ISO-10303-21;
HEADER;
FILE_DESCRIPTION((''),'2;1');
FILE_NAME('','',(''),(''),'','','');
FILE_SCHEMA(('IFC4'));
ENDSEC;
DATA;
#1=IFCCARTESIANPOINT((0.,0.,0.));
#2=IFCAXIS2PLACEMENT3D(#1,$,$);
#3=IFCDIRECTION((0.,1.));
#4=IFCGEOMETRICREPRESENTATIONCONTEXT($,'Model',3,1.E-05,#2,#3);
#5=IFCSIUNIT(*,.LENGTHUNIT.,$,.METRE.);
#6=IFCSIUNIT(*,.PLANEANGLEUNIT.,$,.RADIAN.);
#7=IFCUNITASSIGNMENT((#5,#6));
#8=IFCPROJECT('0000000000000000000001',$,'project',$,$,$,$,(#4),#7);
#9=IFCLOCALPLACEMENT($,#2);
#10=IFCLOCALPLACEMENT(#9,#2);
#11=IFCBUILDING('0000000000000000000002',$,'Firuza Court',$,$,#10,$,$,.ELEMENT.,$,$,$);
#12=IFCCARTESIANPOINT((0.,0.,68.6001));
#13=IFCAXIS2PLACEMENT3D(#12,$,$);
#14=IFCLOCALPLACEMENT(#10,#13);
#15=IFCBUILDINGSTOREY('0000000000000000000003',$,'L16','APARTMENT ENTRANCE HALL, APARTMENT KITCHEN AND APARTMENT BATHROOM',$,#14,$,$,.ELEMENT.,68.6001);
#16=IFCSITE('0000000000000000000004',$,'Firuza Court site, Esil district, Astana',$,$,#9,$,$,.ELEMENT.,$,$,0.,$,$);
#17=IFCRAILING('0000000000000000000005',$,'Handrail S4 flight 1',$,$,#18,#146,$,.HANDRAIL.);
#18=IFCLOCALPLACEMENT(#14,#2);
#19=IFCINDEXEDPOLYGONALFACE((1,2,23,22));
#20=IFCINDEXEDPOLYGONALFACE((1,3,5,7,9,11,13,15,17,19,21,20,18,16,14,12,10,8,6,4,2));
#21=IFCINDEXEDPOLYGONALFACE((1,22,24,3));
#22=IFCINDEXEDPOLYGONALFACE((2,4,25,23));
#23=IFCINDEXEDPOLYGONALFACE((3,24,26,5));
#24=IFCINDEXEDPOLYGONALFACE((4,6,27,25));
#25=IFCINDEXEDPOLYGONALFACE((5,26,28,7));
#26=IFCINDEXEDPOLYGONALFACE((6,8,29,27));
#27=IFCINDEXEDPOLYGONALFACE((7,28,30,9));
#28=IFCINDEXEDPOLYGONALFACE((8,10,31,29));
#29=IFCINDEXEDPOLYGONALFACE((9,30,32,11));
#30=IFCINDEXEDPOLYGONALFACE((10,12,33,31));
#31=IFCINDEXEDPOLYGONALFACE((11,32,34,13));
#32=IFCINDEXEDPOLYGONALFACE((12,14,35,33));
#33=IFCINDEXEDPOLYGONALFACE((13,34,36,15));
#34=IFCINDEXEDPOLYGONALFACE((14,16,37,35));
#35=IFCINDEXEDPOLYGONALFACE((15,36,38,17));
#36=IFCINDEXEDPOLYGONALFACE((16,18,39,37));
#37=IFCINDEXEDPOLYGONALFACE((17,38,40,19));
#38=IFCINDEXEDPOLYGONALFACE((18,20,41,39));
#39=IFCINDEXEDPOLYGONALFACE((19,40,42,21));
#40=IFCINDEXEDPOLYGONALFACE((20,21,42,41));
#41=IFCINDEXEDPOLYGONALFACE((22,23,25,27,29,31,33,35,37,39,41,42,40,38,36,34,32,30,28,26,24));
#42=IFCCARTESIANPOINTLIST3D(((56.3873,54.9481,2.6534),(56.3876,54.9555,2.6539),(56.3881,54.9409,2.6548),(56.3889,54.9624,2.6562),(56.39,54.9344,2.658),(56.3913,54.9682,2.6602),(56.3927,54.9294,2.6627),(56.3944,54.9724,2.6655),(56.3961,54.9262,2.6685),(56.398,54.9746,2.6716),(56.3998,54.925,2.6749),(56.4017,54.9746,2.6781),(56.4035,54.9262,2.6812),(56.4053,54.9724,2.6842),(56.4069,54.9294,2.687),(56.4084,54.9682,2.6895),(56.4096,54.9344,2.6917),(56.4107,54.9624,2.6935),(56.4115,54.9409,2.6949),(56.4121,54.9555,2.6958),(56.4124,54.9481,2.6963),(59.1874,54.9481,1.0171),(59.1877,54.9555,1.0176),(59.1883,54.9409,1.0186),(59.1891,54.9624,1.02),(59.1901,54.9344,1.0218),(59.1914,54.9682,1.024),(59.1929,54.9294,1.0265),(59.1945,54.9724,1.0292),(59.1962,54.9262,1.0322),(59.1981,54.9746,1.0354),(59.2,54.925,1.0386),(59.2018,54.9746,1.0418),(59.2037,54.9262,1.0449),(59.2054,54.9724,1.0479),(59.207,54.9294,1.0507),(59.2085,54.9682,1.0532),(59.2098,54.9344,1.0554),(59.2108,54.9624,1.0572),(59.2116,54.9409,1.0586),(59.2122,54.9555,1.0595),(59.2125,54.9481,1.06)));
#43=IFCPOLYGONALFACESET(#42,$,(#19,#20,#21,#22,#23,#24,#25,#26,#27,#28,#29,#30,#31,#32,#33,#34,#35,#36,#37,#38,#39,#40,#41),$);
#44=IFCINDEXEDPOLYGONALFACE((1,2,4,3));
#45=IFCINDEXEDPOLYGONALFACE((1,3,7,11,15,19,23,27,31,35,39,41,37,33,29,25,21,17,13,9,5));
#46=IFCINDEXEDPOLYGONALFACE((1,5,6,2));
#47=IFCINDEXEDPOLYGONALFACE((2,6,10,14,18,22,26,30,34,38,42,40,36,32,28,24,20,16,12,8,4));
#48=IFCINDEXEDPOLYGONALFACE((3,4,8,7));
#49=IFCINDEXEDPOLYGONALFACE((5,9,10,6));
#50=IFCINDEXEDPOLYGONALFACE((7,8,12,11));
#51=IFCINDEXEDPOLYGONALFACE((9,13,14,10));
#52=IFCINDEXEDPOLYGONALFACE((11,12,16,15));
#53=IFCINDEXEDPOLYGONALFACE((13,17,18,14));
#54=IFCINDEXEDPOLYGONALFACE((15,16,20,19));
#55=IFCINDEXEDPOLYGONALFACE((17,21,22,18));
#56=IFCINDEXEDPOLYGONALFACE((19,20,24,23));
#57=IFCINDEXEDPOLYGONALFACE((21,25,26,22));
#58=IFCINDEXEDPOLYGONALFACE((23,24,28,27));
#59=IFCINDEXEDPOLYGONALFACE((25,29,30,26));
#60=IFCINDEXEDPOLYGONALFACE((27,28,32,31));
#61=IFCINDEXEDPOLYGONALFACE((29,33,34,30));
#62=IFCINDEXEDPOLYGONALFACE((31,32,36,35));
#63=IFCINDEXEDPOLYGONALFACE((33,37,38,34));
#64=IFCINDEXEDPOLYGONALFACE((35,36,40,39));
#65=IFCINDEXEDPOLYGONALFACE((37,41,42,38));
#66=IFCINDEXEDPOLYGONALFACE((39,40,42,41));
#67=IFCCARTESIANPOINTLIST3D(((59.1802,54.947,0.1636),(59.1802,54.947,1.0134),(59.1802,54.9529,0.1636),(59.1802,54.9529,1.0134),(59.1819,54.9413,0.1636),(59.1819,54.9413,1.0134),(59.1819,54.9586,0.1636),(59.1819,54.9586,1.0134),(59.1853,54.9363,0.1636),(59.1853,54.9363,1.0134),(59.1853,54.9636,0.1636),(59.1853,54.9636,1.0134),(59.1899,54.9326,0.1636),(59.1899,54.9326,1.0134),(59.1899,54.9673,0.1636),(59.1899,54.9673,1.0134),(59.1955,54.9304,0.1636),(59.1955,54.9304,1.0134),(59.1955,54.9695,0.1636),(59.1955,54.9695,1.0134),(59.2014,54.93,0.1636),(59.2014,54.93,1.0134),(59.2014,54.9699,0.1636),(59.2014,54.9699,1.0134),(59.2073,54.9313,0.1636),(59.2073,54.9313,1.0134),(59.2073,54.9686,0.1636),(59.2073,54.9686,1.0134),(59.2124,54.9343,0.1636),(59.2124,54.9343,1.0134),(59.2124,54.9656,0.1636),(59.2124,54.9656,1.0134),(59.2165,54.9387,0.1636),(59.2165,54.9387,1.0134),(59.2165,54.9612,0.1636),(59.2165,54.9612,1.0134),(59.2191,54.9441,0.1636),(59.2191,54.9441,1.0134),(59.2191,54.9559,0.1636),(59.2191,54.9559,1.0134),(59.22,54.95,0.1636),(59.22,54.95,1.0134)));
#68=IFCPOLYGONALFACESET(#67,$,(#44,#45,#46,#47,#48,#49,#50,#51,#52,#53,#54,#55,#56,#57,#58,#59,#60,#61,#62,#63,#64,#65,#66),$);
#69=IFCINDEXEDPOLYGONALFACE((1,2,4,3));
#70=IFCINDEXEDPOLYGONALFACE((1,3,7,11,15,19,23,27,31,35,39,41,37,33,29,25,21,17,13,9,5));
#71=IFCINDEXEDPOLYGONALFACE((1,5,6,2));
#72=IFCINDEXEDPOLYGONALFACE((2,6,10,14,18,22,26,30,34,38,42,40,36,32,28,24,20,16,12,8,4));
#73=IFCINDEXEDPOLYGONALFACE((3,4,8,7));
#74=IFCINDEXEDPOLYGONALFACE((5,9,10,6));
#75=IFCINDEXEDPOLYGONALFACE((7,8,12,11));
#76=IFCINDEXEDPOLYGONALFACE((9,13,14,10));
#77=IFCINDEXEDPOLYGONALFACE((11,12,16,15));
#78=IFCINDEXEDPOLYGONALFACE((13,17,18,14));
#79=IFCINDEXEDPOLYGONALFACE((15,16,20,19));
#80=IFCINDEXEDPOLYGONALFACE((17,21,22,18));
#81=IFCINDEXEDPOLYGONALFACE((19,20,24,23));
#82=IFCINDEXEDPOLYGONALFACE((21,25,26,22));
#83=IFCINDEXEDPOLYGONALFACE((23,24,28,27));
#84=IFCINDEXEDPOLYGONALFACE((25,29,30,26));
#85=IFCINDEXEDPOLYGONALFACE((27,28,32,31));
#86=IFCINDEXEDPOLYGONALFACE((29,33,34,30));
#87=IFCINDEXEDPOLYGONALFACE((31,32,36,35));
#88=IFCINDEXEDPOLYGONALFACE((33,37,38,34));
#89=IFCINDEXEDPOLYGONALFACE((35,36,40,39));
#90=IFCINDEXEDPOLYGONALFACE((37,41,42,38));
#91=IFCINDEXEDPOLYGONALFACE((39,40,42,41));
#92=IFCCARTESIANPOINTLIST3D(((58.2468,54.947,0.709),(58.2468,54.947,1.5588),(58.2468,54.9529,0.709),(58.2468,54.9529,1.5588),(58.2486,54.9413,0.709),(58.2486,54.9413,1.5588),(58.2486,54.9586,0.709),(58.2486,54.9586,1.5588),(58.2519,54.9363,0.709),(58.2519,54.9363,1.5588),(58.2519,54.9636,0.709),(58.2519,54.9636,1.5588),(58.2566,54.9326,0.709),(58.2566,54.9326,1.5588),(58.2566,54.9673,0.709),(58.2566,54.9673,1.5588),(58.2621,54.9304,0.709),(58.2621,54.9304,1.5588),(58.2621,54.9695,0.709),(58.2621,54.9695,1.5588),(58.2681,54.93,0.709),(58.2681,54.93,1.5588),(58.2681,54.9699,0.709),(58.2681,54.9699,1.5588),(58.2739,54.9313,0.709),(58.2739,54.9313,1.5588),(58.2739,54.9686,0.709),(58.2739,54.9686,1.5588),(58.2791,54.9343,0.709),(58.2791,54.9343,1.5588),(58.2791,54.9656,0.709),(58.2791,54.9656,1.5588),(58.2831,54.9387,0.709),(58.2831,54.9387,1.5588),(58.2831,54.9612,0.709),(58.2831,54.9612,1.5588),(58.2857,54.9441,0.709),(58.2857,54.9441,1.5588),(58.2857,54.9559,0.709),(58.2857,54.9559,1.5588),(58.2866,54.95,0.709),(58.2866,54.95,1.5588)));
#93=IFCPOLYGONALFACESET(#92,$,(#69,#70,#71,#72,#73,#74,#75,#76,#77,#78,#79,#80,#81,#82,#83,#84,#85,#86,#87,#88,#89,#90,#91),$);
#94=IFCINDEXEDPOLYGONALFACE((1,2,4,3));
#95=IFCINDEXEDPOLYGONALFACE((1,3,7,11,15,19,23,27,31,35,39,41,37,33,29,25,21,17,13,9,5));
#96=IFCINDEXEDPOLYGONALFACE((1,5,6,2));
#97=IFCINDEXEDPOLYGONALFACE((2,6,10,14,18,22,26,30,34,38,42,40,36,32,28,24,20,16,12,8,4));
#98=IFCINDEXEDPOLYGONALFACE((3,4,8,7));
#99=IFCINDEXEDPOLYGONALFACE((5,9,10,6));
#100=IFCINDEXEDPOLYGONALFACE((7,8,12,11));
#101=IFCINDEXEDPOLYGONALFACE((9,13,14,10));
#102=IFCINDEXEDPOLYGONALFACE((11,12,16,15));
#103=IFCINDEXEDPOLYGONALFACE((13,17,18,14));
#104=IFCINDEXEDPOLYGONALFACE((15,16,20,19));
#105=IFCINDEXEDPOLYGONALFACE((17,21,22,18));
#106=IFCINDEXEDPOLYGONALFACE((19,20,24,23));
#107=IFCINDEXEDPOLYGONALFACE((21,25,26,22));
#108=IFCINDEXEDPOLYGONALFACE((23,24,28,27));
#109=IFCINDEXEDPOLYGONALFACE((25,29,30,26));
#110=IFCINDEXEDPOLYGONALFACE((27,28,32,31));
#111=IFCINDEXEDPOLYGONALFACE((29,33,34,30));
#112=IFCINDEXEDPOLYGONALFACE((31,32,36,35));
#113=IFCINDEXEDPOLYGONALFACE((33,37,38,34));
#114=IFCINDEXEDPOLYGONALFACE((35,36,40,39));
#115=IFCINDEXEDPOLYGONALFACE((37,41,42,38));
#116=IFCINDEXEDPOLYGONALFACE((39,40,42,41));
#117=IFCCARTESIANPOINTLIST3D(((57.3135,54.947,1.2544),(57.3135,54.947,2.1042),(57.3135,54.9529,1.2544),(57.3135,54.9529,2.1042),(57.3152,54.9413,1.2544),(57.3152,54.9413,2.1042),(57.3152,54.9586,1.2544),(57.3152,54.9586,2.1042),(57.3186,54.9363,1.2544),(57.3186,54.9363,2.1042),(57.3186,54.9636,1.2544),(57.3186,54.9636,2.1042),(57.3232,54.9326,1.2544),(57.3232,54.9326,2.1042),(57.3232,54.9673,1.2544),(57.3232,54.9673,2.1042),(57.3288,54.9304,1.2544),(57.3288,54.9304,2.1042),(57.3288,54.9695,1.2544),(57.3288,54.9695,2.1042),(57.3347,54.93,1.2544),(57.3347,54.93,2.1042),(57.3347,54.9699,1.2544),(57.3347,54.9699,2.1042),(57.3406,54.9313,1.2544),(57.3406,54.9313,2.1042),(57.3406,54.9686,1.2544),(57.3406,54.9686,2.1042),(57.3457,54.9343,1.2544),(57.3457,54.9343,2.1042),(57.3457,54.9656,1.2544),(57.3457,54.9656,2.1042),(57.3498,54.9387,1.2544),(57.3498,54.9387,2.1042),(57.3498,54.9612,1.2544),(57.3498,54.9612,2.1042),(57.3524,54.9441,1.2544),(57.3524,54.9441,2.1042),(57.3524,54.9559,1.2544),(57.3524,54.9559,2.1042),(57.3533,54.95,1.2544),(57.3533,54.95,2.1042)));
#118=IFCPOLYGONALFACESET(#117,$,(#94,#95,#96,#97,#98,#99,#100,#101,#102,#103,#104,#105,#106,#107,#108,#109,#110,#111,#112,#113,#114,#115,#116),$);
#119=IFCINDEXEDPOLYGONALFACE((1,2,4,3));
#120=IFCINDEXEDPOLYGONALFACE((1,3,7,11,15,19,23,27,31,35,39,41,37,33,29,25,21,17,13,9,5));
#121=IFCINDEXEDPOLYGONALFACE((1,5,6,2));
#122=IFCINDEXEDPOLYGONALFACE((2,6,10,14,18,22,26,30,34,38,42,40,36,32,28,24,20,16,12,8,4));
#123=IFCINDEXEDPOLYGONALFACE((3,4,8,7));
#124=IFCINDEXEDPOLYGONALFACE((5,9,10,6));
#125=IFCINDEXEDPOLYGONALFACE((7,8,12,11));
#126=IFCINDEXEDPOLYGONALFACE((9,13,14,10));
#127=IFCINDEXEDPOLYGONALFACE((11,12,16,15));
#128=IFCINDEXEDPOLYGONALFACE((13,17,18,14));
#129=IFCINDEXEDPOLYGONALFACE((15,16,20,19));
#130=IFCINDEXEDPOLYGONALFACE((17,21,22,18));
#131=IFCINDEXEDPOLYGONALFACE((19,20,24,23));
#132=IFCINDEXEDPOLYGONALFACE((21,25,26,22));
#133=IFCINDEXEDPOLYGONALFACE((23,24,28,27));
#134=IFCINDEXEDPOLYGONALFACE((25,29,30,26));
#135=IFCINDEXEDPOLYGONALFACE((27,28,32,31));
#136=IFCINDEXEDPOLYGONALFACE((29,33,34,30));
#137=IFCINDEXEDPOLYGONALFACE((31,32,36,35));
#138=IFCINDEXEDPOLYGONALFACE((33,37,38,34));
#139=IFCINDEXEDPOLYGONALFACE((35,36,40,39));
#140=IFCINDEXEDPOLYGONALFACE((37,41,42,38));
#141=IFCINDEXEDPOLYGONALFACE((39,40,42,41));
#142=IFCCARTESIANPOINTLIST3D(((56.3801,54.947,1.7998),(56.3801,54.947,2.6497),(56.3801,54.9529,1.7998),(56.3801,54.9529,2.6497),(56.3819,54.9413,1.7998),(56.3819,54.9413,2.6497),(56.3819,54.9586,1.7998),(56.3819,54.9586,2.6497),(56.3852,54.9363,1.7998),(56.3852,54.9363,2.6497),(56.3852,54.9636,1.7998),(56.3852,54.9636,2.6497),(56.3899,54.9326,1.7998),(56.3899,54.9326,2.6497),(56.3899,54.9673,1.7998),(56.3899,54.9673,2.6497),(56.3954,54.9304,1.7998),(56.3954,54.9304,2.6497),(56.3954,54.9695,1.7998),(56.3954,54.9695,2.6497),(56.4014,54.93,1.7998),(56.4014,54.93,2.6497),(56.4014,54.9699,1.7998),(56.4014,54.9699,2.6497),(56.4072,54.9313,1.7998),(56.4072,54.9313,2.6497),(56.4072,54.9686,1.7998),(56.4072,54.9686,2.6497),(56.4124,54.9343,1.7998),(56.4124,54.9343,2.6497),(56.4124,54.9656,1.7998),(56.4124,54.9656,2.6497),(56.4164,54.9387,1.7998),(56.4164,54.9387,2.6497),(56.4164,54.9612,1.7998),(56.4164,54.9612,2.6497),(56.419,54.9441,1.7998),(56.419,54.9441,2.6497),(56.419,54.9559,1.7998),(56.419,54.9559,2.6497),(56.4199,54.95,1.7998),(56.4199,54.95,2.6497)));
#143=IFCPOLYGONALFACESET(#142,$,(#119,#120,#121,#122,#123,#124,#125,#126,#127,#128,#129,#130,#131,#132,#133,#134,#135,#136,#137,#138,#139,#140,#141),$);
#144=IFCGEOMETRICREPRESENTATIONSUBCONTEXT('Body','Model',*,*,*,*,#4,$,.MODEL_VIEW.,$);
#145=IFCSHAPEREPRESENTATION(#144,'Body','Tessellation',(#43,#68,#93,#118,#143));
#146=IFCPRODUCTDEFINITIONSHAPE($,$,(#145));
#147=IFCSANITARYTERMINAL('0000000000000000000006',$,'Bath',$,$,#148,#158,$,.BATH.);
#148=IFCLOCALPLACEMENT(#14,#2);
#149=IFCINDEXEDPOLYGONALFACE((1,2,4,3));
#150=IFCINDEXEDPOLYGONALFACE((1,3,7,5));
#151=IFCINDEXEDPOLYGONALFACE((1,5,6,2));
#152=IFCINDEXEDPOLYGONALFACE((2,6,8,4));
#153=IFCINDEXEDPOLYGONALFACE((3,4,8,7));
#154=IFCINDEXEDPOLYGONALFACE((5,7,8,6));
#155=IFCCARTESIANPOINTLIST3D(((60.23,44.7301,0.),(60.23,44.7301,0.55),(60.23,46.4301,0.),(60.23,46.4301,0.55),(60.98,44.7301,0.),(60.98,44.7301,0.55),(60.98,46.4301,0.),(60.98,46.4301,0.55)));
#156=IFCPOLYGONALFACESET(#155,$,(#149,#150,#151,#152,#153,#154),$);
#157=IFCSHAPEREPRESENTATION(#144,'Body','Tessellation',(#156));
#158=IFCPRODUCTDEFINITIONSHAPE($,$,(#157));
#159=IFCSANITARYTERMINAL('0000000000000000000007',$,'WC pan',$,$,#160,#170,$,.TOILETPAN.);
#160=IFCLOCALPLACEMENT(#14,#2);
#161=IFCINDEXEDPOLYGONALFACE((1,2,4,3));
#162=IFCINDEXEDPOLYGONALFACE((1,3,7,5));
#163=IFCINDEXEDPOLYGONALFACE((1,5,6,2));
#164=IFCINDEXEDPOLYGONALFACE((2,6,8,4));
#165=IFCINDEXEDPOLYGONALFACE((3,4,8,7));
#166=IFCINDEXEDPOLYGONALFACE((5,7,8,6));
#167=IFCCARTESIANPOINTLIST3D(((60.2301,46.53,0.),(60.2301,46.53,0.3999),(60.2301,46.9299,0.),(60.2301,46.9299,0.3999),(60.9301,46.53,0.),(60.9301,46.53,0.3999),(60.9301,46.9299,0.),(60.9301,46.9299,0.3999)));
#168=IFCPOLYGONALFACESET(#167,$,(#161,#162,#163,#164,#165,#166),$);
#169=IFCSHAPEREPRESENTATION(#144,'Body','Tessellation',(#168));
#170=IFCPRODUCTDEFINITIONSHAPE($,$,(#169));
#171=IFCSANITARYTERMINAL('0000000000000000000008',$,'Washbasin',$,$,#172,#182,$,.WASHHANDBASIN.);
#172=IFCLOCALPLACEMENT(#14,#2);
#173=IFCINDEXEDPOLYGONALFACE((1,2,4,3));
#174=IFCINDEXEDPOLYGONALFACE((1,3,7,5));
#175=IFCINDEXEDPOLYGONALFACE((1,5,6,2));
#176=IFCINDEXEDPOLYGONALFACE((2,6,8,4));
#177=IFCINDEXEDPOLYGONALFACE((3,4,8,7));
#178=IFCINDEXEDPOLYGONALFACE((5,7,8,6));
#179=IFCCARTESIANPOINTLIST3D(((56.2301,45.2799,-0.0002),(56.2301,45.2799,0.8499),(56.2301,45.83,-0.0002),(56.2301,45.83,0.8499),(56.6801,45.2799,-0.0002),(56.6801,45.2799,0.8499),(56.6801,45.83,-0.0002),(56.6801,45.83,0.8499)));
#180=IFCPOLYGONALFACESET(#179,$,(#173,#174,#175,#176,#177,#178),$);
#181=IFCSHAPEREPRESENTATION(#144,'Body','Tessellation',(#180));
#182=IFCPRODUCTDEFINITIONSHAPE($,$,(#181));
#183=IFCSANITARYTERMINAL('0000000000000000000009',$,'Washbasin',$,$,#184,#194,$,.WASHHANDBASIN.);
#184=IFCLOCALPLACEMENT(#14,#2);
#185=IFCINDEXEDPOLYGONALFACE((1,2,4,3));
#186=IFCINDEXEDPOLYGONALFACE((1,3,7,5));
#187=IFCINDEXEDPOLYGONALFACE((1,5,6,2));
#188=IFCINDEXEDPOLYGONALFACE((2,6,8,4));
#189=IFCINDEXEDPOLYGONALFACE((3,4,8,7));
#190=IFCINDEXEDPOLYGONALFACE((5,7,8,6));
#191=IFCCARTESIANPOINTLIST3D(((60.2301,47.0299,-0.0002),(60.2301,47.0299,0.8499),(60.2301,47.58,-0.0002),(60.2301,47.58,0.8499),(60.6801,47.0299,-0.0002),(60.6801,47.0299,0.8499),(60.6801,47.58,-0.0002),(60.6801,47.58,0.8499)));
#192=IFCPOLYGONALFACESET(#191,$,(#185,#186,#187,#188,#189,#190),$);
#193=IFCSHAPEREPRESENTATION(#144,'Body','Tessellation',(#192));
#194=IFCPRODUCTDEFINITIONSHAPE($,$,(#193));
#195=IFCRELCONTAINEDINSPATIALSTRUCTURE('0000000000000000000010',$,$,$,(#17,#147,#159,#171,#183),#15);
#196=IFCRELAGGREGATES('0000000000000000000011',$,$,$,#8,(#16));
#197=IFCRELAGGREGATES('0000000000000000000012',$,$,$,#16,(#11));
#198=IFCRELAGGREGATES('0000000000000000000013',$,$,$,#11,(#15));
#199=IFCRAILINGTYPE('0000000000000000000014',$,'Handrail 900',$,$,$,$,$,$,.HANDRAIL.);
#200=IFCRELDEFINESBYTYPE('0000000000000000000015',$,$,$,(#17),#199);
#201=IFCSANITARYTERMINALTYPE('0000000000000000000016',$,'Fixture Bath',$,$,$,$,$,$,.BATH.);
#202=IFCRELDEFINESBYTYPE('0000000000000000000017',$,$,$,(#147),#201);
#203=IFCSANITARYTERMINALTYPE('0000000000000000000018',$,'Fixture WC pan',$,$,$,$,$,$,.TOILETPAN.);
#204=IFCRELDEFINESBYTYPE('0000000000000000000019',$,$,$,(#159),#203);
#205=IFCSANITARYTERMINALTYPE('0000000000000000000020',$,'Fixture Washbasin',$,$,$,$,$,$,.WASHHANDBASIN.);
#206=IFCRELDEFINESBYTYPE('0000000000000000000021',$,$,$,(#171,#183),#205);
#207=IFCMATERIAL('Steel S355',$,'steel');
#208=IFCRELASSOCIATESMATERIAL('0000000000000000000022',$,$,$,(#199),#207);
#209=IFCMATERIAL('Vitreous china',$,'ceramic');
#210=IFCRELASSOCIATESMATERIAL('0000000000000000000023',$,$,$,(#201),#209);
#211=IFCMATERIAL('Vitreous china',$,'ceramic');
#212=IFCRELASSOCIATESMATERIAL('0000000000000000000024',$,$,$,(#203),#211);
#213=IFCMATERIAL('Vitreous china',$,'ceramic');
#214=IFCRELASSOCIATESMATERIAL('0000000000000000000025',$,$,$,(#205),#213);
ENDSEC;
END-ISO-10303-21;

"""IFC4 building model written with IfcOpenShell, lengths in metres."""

from ifc_helpers import new_model, si_unit, direction, frame, origin, origin_2d, place, context, subcontext, project, spatial, rectangle, circle, extrude, material, type_object, element, save


model = new_model("IFC4")

# Units and contexts
model_context = context("Model", 3, precision=1e-05, world=origin(), true_north=direction((0.0, 1.0)))
body_context = subcontext(model_context, "Body", "Model", "MODEL_VIEW")
ifc_project = project(units=[si_unit("LENGTHUNIT", "METRE"), si_unit("PLANEANGLEUNIT", "RADIAN")], contexts=[model_context])

# Site, building, storey
site_placement = place(None, origin())
site = spatial("IfcSite", under=ifc_project, at=site_placement, Name="Firuza Court site, Esil district, Astana", CompositionType="ELEMENT", RefElevation=0.0)
building_placement = place(site_placement, origin())
building = spatial("IfcBuilding", under=site, at=building_placement, Name="Firuza Court", CompositionType="ELEMENT")
storey_placement = place(building_placement, frame((0.0, 0.0, 68.6001)))
storey = spatial("IfcBuildingStorey", under=building, at=storey_placement, Name="L16", Description="APARTMENT ENTRANCE HALL, APARTMENT KITCHEN AND APARTMENT BATHROOM", CompositionType="ELEMENT", Elevation=68.6001)

# Railing
ifc_material_1 = material(Name="Steel S355", Category="steel")
railing_type_1 = type_object("IfcRailingType", Name="Handrail 900", PredefinedType="HANDRAIL", material=ifc_material_1)
railing_1_placement = place(storey_placement, frame((59.2, 54.95, 0.1636)))
element("IfcRailing", 1, at=railing_1_placement, inside=storey, type_object=railing_type_1, Name="Handrail S4 flight 1", PredefinedType="HANDRAIL", context=body_context, shape_type="SweptSolid", body=[
    extrude(circle(Radius=0.0249, at=origin_2d()), frame((0.0, 0.0, 0.875), z_axis=(-0.863394, 0.0, 0.504531), x_axis=(0.0, -1.0, 0.0)), (0.0, 0.0, 1.0), 3.2432),
    extrude(circle(Radius=0.02, at=origin_2d()), origin(), (0.0, 0.0, 1.0), 0.8499),
    extrude(circle(Radius=0.02, at=origin_2d()), frame((-0.9333, 0.0, 0.5454)), (0.0, 0.0, 1.0), 0.8499),
    extrude(circle(Radius=0.02, at=origin_2d()), frame((-1.8667, 0.0, 1.0908)), (0.0, 0.0, 1.0), 0.8499),
    extrude(circle(Radius=0.02, at=origin_2d()), frame((-2.8, 0.0, 1.6362)), (0.0, 0.0, 1.0), 0.8499),
])

# Sanitary terminals
ifc_material_2 = material(Name="Vitreous china", Category="ceramic")
sanitary_terminal_type_1 = type_object("IfcSanitaryTerminalType", Name="Fixture Bath", PredefinedType="BATH", material=ifc_material_2)
sanitary_terminal_1_placement = place(storey_placement, frame((60.605, 45.5801, 0.0), z_axis=(0.0, 0.0, 1.0), x_axis=(1.0, 0.0, 0.0)))
element("IfcSanitaryTerminal", 2, at=sanitary_terminal_1_placement, inside=storey, type_object=sanitary_terminal_type_1, Name="Bath", PredefinedType="BATH", context=body_context, shape_type="SweptSolid", body=[
    extrude(rectangle(XDim=0.75, YDim=1.7, at=origin_2d()), origin(), (0.0, 0.0, 1.0), 0.55),
])
ifc_material_3 = material(Name="Vitreous china", Category="ceramic")
sanitary_terminal_type_2 = type_object("IfcSanitaryTerminalType", Name="Fixture WC pan", PredefinedType="TOILETPAN", material=ifc_material_3)
sanitary_terminal_2_placement = place(storey_placement, frame((60.5801, 46.73, 0.0), z_axis=(0.0, 0.0, 1.0), x_axis=(1.0, 0.0, 0.0)))
element("IfcSanitaryTerminal", 3, at=sanitary_terminal_2_placement, inside=storey, type_object=sanitary_terminal_type_2, Name="WC pan", PredefinedType="TOILETPAN", context=body_context, shape_type="SweptSolid", body=[
    extrude(rectangle(XDim=0.7, YDim=0.3999, at=origin_2d()), origin(), (0.0, 0.0, 1.0), 0.3999),
])
ifc_material_4 = material(Name="Vitreous china", Category="ceramic")
sanitary_terminal_type_3 = type_object("IfcSanitaryTerminalType", Name="Fixture Washbasin", PredefinedType="WASHHANDBASIN", material=ifc_material_4)
for number, where, z_axis, x_axis, name in (
    (4, (56.4551, 45.5549, -0.0002), (0.0, 0.0, 1.0), (1.0, 0.0, 0.0), "Washbasin"),
    (5, (60.4551, 47.3049, -0.0002), (0.0, 0.0, 1.0), (1.0, 0.0, 0.0), "Washbasin"),
):
    element("IfcSanitaryTerminal", number, at=place(storey_placement, frame(where, z_axis=z_axis, x_axis=x_axis)), inside=storey, type_object=sanitary_terminal_type_3, Name=name, PredefinedType="WASHHANDBASIN", context=body_context, shape_type="SweptSolid", body=[
        extrude(rectangle(XDim=0.45, YDim=0.55, at=origin_2d()), origin(), (0.0, 0.0, 1.0), 0.8501),
    ])

save(model, "model.ifc")
